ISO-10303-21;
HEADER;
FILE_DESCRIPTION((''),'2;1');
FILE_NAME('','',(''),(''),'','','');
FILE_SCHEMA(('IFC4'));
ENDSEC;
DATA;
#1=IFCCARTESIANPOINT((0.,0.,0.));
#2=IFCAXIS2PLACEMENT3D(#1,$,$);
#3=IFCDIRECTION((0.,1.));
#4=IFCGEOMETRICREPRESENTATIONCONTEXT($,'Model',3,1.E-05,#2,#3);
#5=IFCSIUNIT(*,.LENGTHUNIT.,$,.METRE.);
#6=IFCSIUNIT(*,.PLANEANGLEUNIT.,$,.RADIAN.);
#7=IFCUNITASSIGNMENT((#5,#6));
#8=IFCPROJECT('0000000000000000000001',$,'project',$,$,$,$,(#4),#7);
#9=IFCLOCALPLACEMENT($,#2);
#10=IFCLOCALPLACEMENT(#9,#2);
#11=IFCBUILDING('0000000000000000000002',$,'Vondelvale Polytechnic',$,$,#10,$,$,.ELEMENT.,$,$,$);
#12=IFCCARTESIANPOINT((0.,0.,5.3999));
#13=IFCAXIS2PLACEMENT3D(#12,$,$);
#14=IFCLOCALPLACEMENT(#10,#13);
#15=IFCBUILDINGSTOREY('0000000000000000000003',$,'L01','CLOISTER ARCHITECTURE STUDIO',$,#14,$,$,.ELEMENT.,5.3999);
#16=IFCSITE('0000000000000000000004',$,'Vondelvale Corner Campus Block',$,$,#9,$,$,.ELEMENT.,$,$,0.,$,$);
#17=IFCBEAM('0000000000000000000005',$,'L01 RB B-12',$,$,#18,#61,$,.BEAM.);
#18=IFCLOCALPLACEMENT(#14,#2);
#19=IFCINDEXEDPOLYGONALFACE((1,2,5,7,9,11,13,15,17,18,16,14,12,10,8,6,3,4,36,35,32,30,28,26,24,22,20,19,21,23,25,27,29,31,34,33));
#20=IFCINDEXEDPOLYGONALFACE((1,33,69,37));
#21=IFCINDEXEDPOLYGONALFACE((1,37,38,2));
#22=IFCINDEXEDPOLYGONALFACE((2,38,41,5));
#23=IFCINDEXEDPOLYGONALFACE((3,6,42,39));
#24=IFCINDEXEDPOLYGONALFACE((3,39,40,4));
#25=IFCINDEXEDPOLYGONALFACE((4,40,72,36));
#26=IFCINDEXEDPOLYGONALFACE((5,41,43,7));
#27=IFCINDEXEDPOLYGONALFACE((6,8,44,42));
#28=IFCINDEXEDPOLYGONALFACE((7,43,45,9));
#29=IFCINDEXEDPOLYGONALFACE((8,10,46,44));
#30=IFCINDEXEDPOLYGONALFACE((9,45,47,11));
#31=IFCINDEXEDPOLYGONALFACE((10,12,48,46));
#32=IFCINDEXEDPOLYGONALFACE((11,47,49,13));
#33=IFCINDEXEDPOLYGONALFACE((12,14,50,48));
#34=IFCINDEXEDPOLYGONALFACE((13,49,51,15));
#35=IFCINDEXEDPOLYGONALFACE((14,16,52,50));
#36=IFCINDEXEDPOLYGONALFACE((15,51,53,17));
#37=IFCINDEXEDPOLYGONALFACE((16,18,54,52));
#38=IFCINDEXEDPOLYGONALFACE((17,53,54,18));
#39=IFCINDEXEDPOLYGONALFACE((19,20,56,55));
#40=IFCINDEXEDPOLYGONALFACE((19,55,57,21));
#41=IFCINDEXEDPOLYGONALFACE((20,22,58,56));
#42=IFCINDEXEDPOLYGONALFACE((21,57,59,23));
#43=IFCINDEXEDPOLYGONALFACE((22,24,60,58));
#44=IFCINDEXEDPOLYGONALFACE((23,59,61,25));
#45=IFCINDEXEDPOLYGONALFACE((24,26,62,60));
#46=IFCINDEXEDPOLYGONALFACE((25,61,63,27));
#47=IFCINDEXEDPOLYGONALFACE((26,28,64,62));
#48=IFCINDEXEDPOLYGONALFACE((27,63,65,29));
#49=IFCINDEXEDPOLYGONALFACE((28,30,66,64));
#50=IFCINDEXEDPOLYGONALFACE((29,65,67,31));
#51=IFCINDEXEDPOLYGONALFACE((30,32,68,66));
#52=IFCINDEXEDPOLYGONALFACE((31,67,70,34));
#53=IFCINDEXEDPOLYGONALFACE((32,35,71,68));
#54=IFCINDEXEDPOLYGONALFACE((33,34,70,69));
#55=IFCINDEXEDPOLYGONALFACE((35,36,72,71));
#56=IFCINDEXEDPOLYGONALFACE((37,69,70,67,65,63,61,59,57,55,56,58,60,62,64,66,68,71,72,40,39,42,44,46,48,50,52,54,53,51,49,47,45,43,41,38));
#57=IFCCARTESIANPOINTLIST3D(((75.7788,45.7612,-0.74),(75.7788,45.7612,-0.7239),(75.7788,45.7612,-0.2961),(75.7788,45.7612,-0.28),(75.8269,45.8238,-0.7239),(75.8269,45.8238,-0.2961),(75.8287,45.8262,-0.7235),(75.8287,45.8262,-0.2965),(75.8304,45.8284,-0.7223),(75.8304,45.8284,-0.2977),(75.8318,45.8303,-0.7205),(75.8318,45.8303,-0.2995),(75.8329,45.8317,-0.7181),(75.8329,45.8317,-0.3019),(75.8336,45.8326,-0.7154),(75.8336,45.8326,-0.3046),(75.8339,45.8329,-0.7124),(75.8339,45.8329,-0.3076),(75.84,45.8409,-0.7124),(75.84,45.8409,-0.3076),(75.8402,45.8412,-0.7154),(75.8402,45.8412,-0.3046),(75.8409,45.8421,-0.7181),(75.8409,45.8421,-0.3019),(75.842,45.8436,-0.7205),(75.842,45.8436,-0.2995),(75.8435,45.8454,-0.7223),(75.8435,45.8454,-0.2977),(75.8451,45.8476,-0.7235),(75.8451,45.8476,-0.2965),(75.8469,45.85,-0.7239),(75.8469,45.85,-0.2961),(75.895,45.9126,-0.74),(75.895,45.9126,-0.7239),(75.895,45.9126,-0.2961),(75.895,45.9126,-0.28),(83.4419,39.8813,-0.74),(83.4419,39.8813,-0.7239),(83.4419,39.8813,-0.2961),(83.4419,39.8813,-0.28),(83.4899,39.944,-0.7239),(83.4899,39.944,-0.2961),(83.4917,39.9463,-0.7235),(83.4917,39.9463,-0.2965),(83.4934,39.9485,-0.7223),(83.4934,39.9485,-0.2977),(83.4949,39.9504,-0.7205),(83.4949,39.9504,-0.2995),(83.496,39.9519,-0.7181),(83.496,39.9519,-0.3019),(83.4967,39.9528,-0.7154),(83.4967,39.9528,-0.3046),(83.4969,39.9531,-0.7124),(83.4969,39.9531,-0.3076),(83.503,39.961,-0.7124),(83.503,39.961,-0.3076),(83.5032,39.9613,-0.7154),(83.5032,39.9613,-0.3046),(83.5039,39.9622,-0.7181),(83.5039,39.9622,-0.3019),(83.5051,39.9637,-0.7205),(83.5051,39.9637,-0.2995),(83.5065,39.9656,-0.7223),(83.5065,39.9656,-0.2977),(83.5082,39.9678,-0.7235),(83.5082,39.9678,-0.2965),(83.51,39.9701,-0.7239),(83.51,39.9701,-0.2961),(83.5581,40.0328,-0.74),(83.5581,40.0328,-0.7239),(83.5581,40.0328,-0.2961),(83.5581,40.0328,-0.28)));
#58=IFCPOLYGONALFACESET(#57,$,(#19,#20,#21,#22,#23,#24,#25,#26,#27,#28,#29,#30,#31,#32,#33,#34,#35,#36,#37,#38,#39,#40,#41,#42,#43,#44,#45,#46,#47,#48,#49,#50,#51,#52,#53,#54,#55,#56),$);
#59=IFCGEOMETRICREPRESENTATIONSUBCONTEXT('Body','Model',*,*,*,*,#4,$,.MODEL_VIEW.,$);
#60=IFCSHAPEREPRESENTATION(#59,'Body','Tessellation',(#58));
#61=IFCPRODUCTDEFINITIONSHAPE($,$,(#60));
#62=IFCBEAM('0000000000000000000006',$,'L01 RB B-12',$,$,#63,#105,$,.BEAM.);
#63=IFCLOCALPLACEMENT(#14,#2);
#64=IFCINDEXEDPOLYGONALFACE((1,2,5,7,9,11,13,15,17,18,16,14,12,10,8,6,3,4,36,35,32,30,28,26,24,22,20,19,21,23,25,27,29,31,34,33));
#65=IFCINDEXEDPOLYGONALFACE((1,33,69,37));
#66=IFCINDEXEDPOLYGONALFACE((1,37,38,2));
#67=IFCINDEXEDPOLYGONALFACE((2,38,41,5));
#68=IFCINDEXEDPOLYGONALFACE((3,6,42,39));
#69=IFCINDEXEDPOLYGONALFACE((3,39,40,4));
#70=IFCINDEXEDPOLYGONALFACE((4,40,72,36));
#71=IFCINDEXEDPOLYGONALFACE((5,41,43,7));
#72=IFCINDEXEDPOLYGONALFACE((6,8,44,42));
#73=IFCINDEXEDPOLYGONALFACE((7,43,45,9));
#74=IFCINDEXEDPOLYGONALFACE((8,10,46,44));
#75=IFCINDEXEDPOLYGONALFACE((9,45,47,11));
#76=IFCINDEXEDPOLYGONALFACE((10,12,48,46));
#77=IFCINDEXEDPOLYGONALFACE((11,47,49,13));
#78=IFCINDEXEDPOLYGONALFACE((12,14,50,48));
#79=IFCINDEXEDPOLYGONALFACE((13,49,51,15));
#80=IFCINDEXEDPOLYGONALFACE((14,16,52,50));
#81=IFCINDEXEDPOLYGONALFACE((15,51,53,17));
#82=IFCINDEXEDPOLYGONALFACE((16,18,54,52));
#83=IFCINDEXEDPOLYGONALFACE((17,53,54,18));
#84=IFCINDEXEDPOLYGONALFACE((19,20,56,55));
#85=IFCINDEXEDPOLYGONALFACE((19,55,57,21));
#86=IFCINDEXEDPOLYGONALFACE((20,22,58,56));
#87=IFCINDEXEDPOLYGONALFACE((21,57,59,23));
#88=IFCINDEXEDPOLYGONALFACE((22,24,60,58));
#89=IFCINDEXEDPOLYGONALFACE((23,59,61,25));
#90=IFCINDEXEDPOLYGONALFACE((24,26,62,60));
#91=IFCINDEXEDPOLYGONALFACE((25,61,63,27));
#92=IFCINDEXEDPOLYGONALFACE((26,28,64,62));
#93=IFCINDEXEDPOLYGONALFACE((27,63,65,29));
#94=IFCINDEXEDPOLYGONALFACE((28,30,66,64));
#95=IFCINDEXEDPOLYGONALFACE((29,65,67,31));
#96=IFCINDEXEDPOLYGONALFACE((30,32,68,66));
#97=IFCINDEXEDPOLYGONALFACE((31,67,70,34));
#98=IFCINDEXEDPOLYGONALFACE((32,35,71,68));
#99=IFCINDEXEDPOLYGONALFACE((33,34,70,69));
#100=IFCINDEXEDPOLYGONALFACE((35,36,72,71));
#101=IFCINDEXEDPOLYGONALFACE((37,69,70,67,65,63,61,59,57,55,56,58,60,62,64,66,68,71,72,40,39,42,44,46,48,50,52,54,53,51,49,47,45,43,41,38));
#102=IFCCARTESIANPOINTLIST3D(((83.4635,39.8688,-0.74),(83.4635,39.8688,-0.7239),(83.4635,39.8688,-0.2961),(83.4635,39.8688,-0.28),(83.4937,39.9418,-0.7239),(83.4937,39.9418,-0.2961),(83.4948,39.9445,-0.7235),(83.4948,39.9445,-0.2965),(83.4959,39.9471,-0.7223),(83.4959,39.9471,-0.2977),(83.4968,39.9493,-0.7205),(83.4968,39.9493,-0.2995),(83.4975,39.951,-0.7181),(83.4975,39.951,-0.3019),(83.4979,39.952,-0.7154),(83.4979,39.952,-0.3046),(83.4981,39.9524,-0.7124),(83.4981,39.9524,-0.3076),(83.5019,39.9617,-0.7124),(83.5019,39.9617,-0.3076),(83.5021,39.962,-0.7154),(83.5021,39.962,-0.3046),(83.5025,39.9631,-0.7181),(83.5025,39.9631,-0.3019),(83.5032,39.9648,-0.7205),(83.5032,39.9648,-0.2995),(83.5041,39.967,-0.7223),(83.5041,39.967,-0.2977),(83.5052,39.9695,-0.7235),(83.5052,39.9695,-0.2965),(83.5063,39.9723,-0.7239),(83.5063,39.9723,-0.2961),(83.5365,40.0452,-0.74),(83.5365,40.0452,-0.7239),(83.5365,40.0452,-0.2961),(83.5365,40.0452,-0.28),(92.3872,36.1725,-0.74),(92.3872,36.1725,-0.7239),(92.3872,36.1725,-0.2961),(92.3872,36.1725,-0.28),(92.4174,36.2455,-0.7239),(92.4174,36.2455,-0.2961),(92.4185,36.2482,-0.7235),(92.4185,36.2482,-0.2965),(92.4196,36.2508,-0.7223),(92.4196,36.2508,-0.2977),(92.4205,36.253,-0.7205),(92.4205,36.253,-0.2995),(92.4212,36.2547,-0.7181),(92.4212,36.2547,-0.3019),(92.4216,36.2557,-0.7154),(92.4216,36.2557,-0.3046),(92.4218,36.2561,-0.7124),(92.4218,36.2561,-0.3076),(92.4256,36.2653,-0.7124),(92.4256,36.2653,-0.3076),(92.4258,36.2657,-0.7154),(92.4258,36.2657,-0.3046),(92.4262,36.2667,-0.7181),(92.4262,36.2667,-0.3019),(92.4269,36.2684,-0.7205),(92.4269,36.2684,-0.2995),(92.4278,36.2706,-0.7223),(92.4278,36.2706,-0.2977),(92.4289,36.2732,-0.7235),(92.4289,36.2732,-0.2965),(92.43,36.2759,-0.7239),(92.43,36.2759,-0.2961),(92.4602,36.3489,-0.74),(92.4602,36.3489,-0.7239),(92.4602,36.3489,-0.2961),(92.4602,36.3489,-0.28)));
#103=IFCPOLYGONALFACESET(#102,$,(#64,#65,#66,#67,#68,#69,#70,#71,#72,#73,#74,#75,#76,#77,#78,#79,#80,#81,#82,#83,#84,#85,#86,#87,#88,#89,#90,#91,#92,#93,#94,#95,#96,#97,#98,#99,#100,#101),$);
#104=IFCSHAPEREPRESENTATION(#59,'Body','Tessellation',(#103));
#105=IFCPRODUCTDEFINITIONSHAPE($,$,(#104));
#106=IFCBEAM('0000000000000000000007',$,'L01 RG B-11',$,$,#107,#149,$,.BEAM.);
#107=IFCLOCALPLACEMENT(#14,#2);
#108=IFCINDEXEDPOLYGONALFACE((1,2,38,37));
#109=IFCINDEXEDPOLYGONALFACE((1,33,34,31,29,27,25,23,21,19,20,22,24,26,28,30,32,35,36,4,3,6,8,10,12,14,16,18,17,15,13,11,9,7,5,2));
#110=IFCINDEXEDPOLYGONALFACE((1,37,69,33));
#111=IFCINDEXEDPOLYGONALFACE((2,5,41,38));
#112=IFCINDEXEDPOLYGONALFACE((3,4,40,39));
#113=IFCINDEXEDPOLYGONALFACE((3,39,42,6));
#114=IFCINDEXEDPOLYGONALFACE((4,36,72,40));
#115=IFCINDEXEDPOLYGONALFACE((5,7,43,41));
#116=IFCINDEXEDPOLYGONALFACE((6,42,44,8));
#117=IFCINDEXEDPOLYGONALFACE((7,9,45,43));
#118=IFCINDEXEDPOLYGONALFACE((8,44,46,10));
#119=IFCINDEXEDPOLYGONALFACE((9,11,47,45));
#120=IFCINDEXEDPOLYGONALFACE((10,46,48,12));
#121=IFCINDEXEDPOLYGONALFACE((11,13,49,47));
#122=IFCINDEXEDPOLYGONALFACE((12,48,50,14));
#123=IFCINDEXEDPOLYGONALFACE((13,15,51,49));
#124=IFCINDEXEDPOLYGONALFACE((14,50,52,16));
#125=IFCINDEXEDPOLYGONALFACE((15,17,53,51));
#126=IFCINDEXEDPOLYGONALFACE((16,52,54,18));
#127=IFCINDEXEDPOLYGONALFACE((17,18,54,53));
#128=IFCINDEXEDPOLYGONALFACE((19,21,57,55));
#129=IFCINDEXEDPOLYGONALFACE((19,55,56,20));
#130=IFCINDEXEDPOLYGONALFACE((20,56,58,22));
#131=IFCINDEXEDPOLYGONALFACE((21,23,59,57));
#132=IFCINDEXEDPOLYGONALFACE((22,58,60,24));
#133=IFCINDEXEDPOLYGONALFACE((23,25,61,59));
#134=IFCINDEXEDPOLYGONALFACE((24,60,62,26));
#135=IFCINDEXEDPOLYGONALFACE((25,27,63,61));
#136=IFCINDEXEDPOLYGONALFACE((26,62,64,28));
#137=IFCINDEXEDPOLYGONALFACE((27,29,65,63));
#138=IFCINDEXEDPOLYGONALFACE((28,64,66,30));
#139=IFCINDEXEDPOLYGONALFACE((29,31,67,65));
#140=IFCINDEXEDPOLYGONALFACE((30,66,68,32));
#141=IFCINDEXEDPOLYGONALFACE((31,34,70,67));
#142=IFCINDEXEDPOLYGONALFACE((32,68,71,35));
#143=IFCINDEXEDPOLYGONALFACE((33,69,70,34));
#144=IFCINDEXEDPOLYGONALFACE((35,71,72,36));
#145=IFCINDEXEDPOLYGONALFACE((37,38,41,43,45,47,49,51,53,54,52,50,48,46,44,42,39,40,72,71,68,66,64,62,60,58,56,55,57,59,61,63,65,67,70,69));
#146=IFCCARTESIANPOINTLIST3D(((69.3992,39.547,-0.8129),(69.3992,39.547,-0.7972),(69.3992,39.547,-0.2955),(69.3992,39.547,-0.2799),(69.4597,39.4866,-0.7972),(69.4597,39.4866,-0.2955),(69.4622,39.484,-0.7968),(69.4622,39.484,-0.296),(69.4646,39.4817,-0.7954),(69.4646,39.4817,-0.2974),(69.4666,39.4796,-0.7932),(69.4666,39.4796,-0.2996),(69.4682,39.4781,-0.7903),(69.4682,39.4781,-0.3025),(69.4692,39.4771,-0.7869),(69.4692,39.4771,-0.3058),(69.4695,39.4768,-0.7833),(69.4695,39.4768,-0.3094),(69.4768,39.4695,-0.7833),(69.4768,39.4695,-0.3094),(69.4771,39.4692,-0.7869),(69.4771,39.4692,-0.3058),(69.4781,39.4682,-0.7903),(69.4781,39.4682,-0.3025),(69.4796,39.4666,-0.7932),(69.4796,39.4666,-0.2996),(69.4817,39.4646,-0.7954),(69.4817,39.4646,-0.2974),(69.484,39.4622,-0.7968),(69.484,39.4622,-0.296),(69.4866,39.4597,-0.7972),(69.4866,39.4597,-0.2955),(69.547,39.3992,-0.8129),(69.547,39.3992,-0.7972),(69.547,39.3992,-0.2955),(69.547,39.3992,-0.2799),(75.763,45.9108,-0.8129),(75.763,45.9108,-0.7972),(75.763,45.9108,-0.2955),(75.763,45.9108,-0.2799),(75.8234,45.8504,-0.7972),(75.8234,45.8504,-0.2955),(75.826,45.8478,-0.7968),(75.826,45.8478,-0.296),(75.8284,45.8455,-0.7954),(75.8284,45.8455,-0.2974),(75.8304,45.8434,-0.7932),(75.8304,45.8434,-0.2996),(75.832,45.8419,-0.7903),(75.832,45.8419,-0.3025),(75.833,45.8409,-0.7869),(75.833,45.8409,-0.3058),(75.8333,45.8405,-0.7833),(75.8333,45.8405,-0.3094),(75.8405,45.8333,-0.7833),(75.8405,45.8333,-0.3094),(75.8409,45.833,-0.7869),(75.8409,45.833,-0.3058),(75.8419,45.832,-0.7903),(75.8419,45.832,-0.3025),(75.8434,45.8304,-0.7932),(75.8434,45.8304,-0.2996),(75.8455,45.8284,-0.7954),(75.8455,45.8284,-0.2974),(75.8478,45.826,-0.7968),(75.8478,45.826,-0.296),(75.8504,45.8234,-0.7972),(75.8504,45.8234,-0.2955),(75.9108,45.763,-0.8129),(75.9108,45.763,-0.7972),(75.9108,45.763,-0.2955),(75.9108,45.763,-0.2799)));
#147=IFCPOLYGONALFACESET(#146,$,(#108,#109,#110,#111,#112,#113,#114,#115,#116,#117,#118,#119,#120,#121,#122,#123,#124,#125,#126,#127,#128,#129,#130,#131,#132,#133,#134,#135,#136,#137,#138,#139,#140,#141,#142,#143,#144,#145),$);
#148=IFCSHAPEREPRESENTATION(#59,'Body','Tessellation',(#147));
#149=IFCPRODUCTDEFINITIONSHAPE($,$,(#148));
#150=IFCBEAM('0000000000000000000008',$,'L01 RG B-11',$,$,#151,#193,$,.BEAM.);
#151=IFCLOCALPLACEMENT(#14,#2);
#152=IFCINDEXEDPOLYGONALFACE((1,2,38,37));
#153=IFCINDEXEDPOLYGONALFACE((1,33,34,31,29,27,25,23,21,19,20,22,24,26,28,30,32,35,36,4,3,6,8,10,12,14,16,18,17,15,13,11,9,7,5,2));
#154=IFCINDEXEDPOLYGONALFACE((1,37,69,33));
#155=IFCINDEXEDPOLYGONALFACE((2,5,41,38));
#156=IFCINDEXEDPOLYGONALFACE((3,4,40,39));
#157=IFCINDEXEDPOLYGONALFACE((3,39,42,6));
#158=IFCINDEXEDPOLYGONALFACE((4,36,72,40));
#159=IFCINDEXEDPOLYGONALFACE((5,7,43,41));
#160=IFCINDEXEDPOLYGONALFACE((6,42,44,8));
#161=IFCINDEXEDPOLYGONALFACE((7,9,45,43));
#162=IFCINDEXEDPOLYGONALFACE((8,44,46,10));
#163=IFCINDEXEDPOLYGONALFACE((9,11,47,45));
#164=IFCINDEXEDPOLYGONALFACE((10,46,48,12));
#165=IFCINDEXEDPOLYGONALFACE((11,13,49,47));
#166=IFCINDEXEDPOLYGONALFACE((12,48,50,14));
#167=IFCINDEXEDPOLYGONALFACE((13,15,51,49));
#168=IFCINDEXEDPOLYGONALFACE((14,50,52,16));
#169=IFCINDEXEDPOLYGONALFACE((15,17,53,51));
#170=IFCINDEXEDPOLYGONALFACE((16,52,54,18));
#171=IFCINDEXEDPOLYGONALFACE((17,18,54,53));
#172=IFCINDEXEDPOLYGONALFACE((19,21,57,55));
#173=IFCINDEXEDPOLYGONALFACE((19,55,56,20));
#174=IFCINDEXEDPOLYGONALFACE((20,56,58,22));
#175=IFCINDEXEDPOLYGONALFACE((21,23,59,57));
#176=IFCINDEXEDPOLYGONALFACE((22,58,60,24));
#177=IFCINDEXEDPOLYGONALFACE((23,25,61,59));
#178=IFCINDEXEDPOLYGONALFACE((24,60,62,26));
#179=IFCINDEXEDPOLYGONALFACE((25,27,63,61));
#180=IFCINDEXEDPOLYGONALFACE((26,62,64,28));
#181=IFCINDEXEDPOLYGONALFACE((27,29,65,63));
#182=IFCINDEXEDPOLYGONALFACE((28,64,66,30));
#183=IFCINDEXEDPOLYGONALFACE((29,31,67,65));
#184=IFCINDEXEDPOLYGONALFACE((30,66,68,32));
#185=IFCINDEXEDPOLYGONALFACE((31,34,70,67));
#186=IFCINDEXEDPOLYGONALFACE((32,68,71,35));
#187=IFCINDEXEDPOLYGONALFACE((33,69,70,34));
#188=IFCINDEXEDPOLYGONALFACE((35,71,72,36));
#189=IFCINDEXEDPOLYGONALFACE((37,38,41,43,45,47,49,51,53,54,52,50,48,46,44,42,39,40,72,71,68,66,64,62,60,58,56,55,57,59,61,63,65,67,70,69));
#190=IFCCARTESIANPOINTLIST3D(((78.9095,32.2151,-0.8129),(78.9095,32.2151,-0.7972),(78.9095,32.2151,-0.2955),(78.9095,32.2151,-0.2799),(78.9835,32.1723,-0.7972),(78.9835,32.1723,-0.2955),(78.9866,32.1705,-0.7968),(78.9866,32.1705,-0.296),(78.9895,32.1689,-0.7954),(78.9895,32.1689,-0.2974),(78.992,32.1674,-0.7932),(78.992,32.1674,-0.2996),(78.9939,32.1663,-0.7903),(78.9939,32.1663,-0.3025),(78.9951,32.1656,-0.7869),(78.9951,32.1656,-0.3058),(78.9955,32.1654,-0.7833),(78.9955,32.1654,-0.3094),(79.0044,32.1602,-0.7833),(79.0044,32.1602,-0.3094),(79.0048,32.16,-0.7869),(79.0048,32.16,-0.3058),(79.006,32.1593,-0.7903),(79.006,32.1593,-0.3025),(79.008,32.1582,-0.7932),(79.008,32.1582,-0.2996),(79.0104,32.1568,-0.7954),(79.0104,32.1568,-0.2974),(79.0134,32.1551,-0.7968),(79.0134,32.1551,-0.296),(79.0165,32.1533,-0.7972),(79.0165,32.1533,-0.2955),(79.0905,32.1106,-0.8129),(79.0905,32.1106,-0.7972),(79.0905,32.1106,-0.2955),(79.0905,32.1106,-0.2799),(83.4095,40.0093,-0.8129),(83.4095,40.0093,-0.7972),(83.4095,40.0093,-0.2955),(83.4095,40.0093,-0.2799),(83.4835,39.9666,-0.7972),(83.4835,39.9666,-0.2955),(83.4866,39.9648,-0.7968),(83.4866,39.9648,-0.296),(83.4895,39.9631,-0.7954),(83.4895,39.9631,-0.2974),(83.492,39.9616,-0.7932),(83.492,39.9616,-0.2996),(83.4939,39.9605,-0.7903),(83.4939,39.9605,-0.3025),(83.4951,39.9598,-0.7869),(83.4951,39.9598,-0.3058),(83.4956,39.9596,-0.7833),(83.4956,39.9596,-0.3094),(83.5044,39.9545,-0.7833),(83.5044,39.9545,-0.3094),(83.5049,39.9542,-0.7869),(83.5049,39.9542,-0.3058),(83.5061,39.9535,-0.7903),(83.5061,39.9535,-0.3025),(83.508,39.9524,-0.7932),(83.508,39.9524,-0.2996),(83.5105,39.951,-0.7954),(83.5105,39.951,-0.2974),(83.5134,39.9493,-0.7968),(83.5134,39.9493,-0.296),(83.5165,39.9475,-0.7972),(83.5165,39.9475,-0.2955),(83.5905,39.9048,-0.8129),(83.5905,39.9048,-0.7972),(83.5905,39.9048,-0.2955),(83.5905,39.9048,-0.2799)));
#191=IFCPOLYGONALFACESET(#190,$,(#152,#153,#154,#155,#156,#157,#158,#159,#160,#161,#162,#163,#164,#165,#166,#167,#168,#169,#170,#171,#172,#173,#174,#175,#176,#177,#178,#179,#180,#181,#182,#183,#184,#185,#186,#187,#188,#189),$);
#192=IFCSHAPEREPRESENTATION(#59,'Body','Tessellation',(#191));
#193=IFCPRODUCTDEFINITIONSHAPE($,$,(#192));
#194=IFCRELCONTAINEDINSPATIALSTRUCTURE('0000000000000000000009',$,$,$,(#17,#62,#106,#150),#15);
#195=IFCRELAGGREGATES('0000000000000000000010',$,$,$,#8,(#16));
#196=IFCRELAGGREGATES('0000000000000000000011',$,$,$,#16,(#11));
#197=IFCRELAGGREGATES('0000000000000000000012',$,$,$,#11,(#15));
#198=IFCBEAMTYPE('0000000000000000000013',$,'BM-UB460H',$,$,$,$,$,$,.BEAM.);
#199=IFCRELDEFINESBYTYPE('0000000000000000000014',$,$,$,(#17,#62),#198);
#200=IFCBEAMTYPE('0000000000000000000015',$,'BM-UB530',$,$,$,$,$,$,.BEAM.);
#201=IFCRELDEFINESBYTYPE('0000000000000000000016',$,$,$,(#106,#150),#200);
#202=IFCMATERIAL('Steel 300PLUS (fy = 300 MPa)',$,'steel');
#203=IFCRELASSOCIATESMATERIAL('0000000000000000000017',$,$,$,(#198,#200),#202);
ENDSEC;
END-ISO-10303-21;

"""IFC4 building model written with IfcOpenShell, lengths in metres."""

from ifc_helpers import new_model, si_unit, direction, frame, origin, origin_2d, place, context, subcontext, project, spatial, i_section, extrude, material, material_profile, profile_set, type_object, element, save


model = new_model("IFC4")

# Units and contexts
model_context = context("Model", 3, precision=1e-05, world=origin(), true_north=direction((0.0, 1.0)))
body_context = subcontext(model_context, "Body", "Model", "MODEL_VIEW")
ifc_project = project(units=[si_unit("LENGTHUNIT", "METRE"), si_unit("PLANEANGLEUNIT", "RADIAN")], contexts=[model_context])

# Site, building, storey
site_placement = place(None, origin())
site = spatial("IfcSite", under=ifc_project, at=site_placement, Name="Vondelvale Corner Campus Block", CompositionType="ELEMENT", RefElevation=0.0)
building_placement = place(site_placement, origin())
building = spatial("IfcBuilding", under=site, at=building_placement, Name="Vondelvale Polytechnic", CompositionType="ELEMENT")
storey_placement = place(building_placement, frame((0.0, 0.0, 5.3999)))
storey = spatial("IfcBuildingStorey", under=building, at=storey_placement, Name="L01", Description="CLOISTER ARCHITECTURE STUDIO", CompositionType="ELEMENT", Elevation=5.3999)

# Shared definitions
ifc_material_1 = material(Name="Steel 300PLUS (fy = 300 MPa)", Category="steel")

# Beams
ifc_material_profile_1 = material_profile(ifc_material_1, i_section(OverallWidth=0.1909, OverallDepth=0.46, WebThickness=0.01, FlangeThickness=0.0161, FilletRadius=0.0115, at=origin_2d()), Name="460UB82.1")
ifc_profile_set_1 = profile_set([ifc_material_profile_1], Name="Steel 300PLUS (fy = 300 MPa)")
beam_type_1 = type_object("IfcBeamType", Name="BM-UB460H", PredefinedType="BEAM", material=ifc_profile_set_1)
for number, where, z_axis, x_axis, name in (
    (1, (75.8369, 45.8369, -0.51), (0.793364, -0.608748, 0.0), (0.608748, 0.793364, 0.0), "L01 RB B-12"),
    (2, (83.5, 39.957, -0.51), (0.923879, -0.382685, 0.0), (0.382685, 0.923879, 0.0), "L01 RB B-12"),
):
    element("IfcBeam", number, at=place(storey_placement, frame(where, z_axis=z_axis, x_axis=x_axis)), inside=storey, type_object=beam_type_1, Name=name, PredefinedType="BEAM", context=body_context, shape_type="SweptSolid", body=[
        extrude(i_section(OverallWidth=0.1909, OverallDepth=0.46, WebThickness=0.01, FlangeThickness=0.0161, FilletRadius=0.0115, at=origin_2d()), origin(), (0.0, 0.0, 1.0), 9.6589),
    ])
ifc_material_profile_2 = material_profile(ifc_material_1, i_section(OverallWidth=0.209, OverallDepth=0.533, WebThickness=0.0103, FlangeThickness=0.0156, FilletRadius=0.0139, at=origin_2d()), Name="530UB92.4")
ifc_profile_set_2 = profile_set([ifc_material_profile_2], Name="Steel 300PLUS (fy = 300 MPa)")
beam_type_2 = type_object("IfcBeamType", Name="BM-UB530", PredefinedType="BEAM", material=ifc_profile_set_2)
beam_1_placement = place(storey_placement, frame((75.8369, 45.8369, -0.5464), z_axis=(-0.707107, -0.707107, 0.0), x_axis=(0.707107, -0.707107, 0.0)))
element("IfcBeam", 3, at=beam_1_placement, inside=storey, type_object=beam_type_2, Name="L01 RG B-11", PredefinedType="BEAM", context=body_context, shape_type="SweptSolid", body=[
    extrude(i_section(OverallWidth=0.209, OverallDepth=0.533, WebThickness=0.0103, FlangeThickness=0.0156, FilletRadius=0.0139, at=origin_2d()), origin(), (0.0, 0.0, 1.0), 8.9998),
])
beam_2_placement = place(storey_placement, frame((83.5, 39.957, -0.5464), z_axis=(-0.500002, -0.866024, 0.0), x_axis=(0.866024, -0.500002, 0.0)))
element("IfcBeam", 4, at=beam_2_placement, inside=storey, type_object=beam_type_2, Name="L01 RG B-11", PredefinedType="BEAM", context=body_context, shape_type="SweptSolid", body=[
    extrude(i_section(OverallWidth=0.209, OverallDepth=0.533, WebThickness=0.0103, FlangeThickness=0.0156, FilletRadius=0.0139, at=origin_2d()), origin(), (0.0, 0.0, 1.0), 9.0),
])

save(model, "model.ifc")
